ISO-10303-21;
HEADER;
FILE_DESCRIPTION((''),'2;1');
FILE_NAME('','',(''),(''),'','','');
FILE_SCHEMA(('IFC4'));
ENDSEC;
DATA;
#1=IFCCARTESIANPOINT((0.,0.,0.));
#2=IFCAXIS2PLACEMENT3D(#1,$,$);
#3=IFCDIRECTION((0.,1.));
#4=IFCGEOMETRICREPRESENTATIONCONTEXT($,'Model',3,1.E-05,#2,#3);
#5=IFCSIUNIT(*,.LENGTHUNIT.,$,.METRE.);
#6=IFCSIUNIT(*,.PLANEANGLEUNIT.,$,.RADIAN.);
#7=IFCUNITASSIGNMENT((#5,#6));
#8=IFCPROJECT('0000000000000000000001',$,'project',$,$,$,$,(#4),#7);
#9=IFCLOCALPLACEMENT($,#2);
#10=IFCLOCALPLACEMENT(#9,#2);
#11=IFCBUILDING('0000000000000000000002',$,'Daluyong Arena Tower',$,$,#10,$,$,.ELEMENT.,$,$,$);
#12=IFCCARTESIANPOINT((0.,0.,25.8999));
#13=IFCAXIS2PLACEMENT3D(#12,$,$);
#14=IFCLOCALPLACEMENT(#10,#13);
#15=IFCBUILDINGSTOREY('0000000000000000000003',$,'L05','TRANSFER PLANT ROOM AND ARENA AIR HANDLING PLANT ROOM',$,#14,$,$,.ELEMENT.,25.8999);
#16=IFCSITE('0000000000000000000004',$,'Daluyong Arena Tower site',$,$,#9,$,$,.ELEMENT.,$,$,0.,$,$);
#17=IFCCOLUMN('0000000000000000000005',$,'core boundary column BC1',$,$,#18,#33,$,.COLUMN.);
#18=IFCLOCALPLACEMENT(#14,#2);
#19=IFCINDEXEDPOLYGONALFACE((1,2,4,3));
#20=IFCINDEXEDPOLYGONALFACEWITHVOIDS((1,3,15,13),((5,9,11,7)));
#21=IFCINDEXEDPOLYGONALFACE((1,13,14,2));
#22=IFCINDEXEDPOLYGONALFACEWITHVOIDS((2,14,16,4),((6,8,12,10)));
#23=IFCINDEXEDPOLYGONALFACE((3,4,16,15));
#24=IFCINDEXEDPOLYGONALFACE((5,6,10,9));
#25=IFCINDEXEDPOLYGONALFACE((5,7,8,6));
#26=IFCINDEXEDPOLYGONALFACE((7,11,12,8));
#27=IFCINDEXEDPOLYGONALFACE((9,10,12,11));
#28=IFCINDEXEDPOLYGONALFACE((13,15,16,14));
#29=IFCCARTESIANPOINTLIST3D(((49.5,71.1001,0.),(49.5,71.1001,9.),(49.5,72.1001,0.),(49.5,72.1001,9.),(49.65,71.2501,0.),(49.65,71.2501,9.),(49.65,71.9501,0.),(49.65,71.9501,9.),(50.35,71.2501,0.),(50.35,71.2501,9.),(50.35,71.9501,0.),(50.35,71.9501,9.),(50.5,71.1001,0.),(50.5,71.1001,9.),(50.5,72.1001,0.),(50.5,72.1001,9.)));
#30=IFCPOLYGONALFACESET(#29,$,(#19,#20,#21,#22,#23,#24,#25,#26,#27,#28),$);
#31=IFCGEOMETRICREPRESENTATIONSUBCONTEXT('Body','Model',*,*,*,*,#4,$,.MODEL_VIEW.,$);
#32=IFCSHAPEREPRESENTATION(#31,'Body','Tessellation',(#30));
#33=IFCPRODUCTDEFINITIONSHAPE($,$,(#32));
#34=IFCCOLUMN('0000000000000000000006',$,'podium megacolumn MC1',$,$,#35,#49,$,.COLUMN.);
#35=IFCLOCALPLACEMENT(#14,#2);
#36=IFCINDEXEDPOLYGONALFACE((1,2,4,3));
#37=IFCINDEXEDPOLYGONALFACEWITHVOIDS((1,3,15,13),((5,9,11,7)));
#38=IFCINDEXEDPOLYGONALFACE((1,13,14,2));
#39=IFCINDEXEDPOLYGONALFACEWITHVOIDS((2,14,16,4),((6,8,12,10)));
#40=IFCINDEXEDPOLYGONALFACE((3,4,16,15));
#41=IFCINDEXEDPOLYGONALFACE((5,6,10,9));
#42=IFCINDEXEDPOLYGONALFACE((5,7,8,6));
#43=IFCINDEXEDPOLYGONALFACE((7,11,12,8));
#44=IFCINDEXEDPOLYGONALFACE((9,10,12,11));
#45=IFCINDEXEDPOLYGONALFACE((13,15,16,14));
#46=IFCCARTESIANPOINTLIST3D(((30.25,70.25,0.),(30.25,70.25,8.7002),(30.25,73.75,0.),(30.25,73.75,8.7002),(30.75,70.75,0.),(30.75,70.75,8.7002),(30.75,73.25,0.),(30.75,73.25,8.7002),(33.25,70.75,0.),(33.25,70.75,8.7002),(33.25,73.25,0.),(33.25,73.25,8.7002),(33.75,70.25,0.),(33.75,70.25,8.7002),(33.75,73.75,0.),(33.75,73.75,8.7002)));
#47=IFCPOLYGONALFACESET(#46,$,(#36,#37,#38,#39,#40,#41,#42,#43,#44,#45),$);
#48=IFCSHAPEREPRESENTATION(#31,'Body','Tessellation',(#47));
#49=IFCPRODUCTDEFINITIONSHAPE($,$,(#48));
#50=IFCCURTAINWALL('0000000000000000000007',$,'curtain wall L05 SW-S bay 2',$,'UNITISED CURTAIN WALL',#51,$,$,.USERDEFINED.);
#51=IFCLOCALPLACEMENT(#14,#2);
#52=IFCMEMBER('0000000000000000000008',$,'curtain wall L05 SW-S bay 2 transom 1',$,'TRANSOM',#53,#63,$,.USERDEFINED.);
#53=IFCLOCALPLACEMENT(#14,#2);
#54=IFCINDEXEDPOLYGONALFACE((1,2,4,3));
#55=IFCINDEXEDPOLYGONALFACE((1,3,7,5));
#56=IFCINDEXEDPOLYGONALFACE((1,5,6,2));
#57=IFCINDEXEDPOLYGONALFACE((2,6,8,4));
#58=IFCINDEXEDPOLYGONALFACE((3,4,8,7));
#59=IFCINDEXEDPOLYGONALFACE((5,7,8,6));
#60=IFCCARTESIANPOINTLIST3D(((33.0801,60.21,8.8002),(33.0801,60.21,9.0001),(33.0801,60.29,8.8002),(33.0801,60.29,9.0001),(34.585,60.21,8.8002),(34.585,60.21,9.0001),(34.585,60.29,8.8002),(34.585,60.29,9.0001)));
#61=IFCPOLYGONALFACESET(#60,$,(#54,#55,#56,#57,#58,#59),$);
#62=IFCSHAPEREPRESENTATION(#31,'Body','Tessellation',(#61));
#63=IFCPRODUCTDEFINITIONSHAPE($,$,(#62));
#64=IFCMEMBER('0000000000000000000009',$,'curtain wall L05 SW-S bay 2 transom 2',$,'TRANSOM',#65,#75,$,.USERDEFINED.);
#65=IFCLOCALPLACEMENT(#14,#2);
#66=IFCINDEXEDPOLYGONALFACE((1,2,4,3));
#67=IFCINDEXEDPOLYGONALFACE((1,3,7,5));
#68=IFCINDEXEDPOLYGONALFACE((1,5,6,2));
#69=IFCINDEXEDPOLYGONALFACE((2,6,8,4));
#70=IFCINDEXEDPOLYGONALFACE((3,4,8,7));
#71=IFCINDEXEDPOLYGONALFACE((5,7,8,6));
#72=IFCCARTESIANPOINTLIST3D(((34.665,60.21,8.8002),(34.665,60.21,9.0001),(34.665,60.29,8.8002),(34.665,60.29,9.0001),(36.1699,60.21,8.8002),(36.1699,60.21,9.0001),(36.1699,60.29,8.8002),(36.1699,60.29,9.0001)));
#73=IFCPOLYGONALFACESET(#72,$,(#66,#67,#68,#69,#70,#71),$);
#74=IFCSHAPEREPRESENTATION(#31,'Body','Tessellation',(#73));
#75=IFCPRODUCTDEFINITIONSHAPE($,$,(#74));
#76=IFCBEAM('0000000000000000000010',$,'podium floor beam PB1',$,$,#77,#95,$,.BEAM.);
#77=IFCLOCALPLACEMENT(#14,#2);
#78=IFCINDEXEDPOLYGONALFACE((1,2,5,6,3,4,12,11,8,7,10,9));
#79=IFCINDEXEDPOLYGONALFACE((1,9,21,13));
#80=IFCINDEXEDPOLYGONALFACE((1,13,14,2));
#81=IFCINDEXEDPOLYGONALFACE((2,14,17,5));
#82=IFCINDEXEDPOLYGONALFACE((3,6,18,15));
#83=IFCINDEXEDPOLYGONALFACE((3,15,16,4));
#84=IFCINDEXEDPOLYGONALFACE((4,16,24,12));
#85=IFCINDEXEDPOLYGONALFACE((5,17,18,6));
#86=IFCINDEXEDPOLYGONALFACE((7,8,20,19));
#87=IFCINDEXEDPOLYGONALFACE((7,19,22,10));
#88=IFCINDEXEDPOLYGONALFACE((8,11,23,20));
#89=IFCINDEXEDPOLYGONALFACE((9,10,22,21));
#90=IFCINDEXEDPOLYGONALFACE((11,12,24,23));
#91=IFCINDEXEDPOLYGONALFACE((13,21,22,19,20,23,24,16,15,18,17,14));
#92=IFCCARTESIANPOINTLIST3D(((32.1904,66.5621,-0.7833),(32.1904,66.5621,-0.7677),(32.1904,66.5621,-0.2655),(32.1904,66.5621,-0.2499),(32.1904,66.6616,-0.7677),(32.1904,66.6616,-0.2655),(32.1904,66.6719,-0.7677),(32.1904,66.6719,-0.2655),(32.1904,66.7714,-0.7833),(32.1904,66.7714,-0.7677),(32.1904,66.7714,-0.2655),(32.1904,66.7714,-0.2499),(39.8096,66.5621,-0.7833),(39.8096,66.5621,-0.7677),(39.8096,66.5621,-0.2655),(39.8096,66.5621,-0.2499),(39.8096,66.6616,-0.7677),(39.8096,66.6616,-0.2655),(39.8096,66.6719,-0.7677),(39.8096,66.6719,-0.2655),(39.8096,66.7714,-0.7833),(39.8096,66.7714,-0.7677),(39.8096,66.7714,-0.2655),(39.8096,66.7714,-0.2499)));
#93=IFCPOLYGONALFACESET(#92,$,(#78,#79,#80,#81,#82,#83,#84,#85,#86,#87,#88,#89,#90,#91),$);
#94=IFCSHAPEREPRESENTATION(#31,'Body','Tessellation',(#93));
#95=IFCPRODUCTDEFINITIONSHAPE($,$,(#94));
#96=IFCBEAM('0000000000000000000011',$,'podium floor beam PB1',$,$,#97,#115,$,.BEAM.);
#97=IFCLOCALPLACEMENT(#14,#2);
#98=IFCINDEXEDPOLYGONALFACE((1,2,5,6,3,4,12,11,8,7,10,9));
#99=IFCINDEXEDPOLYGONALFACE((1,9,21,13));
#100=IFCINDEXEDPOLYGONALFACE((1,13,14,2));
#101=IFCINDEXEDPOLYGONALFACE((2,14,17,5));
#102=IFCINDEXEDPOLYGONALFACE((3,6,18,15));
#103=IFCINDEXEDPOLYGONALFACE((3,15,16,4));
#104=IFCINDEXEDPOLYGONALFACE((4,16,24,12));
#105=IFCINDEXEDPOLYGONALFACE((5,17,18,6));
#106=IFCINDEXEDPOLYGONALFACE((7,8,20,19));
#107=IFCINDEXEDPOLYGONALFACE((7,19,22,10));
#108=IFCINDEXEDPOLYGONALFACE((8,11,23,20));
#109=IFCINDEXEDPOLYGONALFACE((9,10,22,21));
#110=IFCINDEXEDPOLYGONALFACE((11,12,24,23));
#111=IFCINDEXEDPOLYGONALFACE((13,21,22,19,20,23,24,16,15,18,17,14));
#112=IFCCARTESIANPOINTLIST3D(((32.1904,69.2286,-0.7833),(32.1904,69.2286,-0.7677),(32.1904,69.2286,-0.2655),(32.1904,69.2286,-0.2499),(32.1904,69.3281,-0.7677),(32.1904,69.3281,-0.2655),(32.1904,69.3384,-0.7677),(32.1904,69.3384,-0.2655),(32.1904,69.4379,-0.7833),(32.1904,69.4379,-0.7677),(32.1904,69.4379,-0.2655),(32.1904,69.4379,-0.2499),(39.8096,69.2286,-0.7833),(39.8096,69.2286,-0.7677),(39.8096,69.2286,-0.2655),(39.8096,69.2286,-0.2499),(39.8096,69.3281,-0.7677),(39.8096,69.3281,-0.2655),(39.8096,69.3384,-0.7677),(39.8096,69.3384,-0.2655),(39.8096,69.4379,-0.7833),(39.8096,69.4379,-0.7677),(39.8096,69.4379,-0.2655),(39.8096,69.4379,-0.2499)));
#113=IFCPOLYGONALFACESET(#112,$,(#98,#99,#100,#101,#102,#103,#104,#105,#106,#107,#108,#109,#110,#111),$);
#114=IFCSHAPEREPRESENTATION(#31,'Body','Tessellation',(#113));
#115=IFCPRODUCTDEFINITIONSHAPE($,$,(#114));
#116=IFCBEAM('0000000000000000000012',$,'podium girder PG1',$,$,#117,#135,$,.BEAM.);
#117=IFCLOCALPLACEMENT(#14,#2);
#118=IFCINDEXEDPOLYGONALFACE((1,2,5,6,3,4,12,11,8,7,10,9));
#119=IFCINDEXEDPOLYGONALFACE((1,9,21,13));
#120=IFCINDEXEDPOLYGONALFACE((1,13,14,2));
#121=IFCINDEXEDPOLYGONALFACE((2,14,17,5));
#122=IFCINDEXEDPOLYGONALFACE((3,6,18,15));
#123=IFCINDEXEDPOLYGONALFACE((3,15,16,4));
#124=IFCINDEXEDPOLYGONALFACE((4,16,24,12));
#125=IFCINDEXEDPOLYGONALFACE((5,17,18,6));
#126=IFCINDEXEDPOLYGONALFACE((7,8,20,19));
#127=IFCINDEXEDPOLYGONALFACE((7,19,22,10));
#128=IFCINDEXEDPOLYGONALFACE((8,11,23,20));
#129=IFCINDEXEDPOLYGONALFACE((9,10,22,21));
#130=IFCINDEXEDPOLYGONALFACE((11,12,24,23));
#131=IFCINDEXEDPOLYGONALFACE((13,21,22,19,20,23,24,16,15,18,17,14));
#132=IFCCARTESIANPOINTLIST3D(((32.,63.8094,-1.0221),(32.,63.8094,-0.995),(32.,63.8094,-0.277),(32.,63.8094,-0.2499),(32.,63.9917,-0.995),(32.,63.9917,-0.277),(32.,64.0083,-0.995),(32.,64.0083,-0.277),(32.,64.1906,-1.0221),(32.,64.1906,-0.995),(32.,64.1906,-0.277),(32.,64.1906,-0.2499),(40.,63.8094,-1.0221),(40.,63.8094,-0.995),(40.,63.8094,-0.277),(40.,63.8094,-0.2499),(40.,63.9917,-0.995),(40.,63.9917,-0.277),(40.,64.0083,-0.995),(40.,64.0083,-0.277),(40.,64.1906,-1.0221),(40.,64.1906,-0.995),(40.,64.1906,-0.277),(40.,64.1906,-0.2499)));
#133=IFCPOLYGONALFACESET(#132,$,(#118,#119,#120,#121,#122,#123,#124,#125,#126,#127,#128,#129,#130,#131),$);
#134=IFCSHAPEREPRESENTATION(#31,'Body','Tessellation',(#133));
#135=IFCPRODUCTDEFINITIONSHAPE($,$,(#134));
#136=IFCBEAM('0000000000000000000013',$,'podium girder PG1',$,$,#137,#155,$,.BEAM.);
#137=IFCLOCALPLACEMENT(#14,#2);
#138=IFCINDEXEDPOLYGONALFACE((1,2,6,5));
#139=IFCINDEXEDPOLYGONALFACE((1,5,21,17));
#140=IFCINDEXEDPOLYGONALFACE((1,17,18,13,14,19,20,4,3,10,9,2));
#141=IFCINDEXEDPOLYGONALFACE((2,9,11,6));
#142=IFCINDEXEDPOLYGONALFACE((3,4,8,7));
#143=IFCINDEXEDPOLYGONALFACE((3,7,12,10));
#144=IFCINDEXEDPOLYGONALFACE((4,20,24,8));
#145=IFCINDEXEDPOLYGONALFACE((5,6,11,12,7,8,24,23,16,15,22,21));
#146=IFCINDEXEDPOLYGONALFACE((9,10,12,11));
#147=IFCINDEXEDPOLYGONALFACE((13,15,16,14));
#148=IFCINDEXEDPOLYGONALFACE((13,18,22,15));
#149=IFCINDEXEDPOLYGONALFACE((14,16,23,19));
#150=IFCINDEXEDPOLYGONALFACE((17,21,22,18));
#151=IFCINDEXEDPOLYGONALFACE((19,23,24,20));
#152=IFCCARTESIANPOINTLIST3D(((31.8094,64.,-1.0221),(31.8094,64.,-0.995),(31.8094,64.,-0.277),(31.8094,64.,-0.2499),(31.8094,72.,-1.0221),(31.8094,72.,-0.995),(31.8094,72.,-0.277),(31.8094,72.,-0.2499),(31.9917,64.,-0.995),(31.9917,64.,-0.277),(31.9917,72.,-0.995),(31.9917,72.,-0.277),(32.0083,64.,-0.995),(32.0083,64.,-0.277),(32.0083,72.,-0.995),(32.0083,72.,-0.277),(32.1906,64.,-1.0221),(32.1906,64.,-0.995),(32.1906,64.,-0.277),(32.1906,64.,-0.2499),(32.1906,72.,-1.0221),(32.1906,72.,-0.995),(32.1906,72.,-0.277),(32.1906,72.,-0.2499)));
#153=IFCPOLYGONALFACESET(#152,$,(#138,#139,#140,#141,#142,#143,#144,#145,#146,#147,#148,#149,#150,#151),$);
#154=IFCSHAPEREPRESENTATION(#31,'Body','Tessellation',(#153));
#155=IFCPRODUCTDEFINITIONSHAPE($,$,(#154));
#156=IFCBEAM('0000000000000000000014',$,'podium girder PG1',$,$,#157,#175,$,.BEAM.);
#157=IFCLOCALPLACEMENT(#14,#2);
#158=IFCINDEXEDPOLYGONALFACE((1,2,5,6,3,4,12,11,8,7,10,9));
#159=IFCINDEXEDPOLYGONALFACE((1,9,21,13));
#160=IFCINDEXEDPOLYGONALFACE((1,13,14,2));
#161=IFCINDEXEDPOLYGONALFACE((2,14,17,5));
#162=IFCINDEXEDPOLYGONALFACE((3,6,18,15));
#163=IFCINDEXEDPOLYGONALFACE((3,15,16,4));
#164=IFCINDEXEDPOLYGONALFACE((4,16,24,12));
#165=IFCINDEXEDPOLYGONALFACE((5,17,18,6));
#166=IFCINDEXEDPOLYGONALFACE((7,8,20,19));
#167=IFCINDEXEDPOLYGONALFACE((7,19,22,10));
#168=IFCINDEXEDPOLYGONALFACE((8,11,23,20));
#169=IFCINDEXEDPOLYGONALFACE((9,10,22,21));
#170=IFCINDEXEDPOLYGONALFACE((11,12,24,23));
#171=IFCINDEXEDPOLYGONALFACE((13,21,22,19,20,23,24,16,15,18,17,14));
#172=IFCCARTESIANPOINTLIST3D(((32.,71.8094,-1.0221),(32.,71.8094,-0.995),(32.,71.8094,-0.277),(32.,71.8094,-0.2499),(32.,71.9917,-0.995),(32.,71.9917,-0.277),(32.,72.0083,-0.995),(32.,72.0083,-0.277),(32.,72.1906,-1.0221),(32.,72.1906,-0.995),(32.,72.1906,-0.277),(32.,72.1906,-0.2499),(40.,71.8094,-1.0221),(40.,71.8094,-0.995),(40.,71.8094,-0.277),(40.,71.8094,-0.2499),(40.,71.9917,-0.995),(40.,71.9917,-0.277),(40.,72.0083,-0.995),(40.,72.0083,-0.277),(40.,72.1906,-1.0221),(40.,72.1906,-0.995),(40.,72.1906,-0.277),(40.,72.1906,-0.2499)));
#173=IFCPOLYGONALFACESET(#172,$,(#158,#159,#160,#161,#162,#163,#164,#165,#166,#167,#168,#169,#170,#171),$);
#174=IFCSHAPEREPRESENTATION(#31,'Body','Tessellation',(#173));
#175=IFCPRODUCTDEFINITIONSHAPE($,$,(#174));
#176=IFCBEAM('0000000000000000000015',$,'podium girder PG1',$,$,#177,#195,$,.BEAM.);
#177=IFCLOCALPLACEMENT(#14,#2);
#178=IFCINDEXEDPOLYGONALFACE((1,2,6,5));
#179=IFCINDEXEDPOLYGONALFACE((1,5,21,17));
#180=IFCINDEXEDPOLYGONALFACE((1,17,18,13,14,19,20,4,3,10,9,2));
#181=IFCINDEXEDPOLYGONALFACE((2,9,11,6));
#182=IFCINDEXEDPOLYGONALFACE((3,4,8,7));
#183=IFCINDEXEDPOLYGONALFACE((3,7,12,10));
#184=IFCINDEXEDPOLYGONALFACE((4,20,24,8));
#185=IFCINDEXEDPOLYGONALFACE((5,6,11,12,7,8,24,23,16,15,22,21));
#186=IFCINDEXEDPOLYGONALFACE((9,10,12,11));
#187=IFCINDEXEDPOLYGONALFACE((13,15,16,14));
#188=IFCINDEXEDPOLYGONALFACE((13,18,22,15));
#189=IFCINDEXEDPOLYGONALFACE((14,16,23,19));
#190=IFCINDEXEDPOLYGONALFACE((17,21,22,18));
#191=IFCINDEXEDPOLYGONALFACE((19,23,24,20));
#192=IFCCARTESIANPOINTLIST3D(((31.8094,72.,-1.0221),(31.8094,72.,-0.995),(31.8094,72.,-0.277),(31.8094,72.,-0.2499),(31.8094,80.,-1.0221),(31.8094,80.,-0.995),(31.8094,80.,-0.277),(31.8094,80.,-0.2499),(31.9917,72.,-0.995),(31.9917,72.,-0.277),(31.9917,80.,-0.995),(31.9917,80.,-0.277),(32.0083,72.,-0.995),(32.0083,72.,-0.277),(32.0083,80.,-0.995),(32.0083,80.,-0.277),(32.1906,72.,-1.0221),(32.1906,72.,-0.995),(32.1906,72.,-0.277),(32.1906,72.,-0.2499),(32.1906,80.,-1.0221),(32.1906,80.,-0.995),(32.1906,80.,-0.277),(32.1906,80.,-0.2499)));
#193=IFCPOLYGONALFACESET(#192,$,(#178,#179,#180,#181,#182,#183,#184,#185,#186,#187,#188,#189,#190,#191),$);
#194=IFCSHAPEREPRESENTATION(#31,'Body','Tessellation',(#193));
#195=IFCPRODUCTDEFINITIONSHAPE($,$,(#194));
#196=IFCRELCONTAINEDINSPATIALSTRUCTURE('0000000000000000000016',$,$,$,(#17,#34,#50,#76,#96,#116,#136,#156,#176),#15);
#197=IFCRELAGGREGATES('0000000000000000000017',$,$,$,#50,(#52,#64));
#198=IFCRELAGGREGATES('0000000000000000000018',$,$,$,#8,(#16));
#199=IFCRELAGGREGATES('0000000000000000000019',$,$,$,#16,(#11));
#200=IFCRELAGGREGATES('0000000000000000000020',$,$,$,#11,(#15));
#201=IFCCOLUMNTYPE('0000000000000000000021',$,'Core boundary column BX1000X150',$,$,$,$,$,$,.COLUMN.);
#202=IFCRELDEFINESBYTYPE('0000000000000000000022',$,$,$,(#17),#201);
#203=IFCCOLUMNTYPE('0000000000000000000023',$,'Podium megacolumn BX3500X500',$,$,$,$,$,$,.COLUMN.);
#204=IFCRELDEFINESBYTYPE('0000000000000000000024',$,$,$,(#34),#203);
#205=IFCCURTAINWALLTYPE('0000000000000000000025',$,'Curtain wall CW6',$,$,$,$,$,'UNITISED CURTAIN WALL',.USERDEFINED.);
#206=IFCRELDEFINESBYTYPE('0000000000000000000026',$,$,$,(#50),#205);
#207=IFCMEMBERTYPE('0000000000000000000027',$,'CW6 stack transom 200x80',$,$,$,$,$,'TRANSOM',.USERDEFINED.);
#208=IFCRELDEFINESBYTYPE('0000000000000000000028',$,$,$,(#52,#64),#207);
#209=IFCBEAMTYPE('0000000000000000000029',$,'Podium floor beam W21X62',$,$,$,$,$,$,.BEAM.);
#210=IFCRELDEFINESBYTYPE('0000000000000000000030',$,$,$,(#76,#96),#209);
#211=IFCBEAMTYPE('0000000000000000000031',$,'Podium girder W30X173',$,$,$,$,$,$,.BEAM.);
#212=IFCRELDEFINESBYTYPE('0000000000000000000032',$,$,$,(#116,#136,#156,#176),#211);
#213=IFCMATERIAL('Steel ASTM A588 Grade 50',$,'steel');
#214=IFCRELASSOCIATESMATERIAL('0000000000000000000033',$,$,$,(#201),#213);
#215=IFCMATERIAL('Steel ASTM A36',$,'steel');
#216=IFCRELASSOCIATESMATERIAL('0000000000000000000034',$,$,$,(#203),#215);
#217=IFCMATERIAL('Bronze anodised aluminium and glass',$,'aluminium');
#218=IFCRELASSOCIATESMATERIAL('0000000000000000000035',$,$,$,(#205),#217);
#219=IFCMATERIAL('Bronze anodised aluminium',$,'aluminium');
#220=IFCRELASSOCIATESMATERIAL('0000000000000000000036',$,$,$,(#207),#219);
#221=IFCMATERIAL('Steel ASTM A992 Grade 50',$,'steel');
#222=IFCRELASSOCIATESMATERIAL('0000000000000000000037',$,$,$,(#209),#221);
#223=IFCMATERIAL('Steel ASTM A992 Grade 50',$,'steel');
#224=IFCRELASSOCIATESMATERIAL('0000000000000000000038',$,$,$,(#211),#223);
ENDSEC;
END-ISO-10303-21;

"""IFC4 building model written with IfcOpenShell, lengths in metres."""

from ifc_helpers import new_model, si_unit, direction, frame, origin, origin_2d, place, context, subcontext, project, spatial, rectangle, hollow_rectangle, i_section, extrude, material, material_profile, profile_set, type_object, element, aggregate, save


model = new_model("IFC4")

# Units and contexts
model_context = context("Model", 3, precision=1e-05, world=origin(), true_north=direction((0.0, 1.0)))
body_context = subcontext(model_context, "Body", "Model", "MODEL_VIEW")
ifc_project = project(units=[si_unit("LENGTHUNIT", "METRE"), si_unit("PLANEANGLEUNIT", "RADIAN")], contexts=[model_context])

# Site, building, storey
site_placement = place(None, origin())
site = spatial("IfcSite", under=ifc_project, at=site_placement, Name="Daluyong Arena Tower site", CompositionType="ELEMENT", RefElevation=0.0)
building_placement = place(site_placement, origin())
building = spatial("IfcBuilding", under=site, at=building_placement, Name="Daluyong Arena Tower", CompositionType="ELEMENT")
storey_placement = place(building_placement, frame((0.0, 0.0, 25.8999)))
storey = spatial("IfcBuildingStorey", under=building, at=storey_placement, Name="L05", Description="TRANSFER PLANT ROOM AND ARENA AIR HANDLING PLANT ROOM", CompositionType="ELEMENT", Elevation=25.8999)

# Columns
ifc_material_1 = material(Name="Steel ASTM A588 Grade 50", Category="steel")
ifc_material_profile_1 = material_profile(ifc_material_1, hollow_rectangle(XDim=1.0, YDim=1.0, WallThickness=0.15, at=origin_2d()))
ifc_profile_set_1 = profile_set([ifc_material_profile_1], Name="Steel ASTM A588 Grade 50")
column_type_1 = type_object("IfcColumnType", Name="Core boundary column BX1000X150", PredefinedType="COLUMN", material=ifc_profile_set_1)
column_1_placement = place(storey_placement, frame((50.0, 71.6001, 0.0), z_axis=(0.0, 0.0, 1.0), x_axis=(1.0, 0.0, 0.0)))
element("IfcColumn", 1, at=column_1_placement, inside=storey, type_object=column_type_1, Name="core boundary column BC1", PredefinedType="COLUMN", context=body_context, shape_type="SweptSolid", body=[
    extrude(hollow_rectangle(XDim=1.0, YDim=1.0, WallThickness=0.15, at=origin_2d()), origin(), (0.0, 0.0, 1.0), 9.0),
])
ifc_material_2 = material(Name="Steel ASTM A36", Category="steel")
ifc_material_profile_2 = material_profile(ifc_material_2, hollow_rectangle(XDim=3.5, YDim=3.5, WallThickness=0.5, at=origin_2d()))
ifc_profile_set_2 = profile_set([ifc_material_profile_2], Name="Steel ASTM A36")
column_type_2 = type_object("IfcColumnType", Name="Podium megacolumn BX3500X500", PredefinedType="COLUMN", material=ifc_profile_set_2)
column_2_placement = place(storey_placement, frame((32.0, 72.0, 0.0), z_axis=(0.0, 0.0, 1.0), x_axis=(1.0, 0.0, 0.0)))
element("IfcColumn", 2, at=column_2_placement, inside=storey, type_object=column_type_2, Name="podium megacolumn MC1", PredefinedType="COLUMN", context=body_context, shape_type="SweptSolid", body=[
    extrude(hollow_rectangle(XDim=3.5, YDim=3.5, WallThickness=0.5, at=origin_2d()), origin(), (0.0, 0.0, 1.0), 8.7002),
])

# Curtain wall, members
ifc_material_3 = material(Name="Bronze anodised aluminium and glass", Category="aluminium")
curtain_wall_type = type_object("IfcCurtainWallType", Name="Curtain wall CW6", ElementType="UNITISED CURTAIN WALL", PredefinedType="USERDEFINED", material=ifc_material_3)
curtain_wall_placement = place(storey_placement, origin())
curtain_wall = element("IfcCurtainWall", 3, at=curtain_wall_placement, inside=storey, type_object=curtain_wall_type, Name="curtain wall L05 SW-S bay 2", ObjectType="UNITISED CURTAIN WALL", PredefinedType="USERDEFINED")
ifc_material_4 = material(Name="Bronze anodised aluminium", Category="aluminium")
ifc_material_profile_3 = material_profile(ifc_material_4, rectangle(XDim=0.0801, YDim=0.2, at=origin_2d()))
ifc_profile_set_3 = profile_set([ifc_material_profile_3], Name="Bronze anodised aluminium")
member_type = type_object("IfcMemberType", Name="CW6 stack transom 200x80", ElementType="TRANSOM", PredefinedType="USERDEFINED", material=ifc_profile_set_3)
member_1_placement = place(storey_placement, frame((33.0801, 60.25, 8.9001), z_axis=(1.0, 0.0, 0.0), x_axis=(0.0, 1.0, 0.0)))
member_1 = element("IfcMember", 4, at=member_1_placement, type_object=member_type, Name="curtain wall L05 SW-S bay 2 transom 1", ObjectType="TRANSOM", PredefinedType="USERDEFINED", context=body_context, shape_type="SweptSolid", body=[
    extrude(rectangle(XDim=0.0801, YDim=0.2, at=origin_2d()), origin(), (0.0, 0.0, 1.0), 1.5049),
])
member_2_placement = place(storey_placement, frame((34.665, 60.25, 8.9001), z_axis=(1.0, 0.0, 0.0), x_axis=(0.0, 1.0, 0.0)))
member_2 = element("IfcMember", 5, at=member_2_placement, type_object=member_type, Name="curtain wall L05 SW-S bay 2 transom 2", ObjectType="TRANSOM", PredefinedType="USERDEFINED", context=body_context, shape_type="SweptSolid", body=[
    extrude(rectangle(XDim=0.0801, YDim=0.2, at=origin_2d()), origin(), (0.0, 0.0, 1.0), 1.5049),
])

# Beams
ifc_material_5 = material(Name="Steel ASTM A992 Grade 50", Category="steel")
ifc_material_profile_4 = material_profile(ifc_material_5, i_section(OverallWidth=0.2092, OverallDepth=0.5334, WebThickness=0.0103, FlangeThickness=0.0156, at=origin_2d()))
ifc_profile_set_4 = profile_set([ifc_material_profile_4], Name="Steel ASTM A992 Grade 50")
beam_type_1 = type_object("IfcBeamType", Name="Podium floor beam W21X62", PredefinedType="BEAM", material=ifc_profile_set_4)
for number, where, z_axis, x_axis, name in (
    (6, (32.1904, 66.6667, -0.5166), (1.0, 0.0, 0.0), (0.0, 1.0, 0.0), "podium floor beam PB1"),
    (7, (32.1904, 69.3333, -0.5166), (1.0, 0.0, 0.0), (0.0, 1.0, 0.0), "podium floor beam PB1"),
):
    element("IfcBeam", number, at=place(storey_placement, frame(where, z_axis=z_axis, x_axis=x_axis)), inside=storey, type_object=beam_type_1, Name=name, PredefinedType="BEAM", context=body_context, shape_type="SweptSolid", body=[
        extrude(i_section(OverallWidth=0.2092, OverallDepth=0.5334, WebThickness=0.0103, FlangeThickness=0.0156, at=origin_2d()), origin(), (0.0, 0.0, 1.0), 7.6191),
    ])
ifc_material_6 = material(Name="Steel ASTM A992 Grade 50", Category="steel")
ifc_material_profile_5 = material_profile(ifc_material_6, i_section(OverallWidth=0.3811, OverallDepth=0.7722, WebThickness=0.0166, FlangeThickness=0.0271, at=origin_2d()))
ifc_profile_set_5 = profile_set([ifc_material_profile_5], Name="Steel ASTM A992 Grade 50")
beam_type_2 = type_object("IfcBeamType", Name="Podium girder W30X173", PredefinedType="BEAM", material=ifc_profile_set_5)
for number, where, z_axis, x_axis, name in (
    (8, (32.0, 64.0, -0.636), (1.0, 0.0, 0.0), (0.0, 1.0, 0.0), "podium girder PG1"),
    (9, (32.0, 64.0, -0.636), (0.0, 1.0, 0.0), (-1.0, 0.0, 0.0), "podium girder PG1"),
    (10, (32.0, 72.0, -0.636), (1.0, 0.0, 0.0), (0.0, 1.0, 0.0), "podium girder PG1"),
    (11, (32.0, 72.0, -0.636), (0.0, 1.0, 0.0), (-1.0, 0.0, 0.0), "podium girder PG1"),
):
    element("IfcBeam", number, at=place(storey_placement, frame(where, z_axis=z_axis, x_axis=x_axis)), inside=storey, type_object=beam_type_2, Name=name, PredefinedType="BEAM", context=body_context, shape_type="SweptSolid", body=[
        extrude(i_section(OverallWidth=0.3811, OverallDepth=0.7722, WebThickness=0.0166, FlangeThickness=0.0271, at=origin_2d()), origin(), (0.0, 0.0, 1.0), 8.0),
    ])

aggregate(curtain_wall, [member_1, member_2])

save(model, "model.ifc")
